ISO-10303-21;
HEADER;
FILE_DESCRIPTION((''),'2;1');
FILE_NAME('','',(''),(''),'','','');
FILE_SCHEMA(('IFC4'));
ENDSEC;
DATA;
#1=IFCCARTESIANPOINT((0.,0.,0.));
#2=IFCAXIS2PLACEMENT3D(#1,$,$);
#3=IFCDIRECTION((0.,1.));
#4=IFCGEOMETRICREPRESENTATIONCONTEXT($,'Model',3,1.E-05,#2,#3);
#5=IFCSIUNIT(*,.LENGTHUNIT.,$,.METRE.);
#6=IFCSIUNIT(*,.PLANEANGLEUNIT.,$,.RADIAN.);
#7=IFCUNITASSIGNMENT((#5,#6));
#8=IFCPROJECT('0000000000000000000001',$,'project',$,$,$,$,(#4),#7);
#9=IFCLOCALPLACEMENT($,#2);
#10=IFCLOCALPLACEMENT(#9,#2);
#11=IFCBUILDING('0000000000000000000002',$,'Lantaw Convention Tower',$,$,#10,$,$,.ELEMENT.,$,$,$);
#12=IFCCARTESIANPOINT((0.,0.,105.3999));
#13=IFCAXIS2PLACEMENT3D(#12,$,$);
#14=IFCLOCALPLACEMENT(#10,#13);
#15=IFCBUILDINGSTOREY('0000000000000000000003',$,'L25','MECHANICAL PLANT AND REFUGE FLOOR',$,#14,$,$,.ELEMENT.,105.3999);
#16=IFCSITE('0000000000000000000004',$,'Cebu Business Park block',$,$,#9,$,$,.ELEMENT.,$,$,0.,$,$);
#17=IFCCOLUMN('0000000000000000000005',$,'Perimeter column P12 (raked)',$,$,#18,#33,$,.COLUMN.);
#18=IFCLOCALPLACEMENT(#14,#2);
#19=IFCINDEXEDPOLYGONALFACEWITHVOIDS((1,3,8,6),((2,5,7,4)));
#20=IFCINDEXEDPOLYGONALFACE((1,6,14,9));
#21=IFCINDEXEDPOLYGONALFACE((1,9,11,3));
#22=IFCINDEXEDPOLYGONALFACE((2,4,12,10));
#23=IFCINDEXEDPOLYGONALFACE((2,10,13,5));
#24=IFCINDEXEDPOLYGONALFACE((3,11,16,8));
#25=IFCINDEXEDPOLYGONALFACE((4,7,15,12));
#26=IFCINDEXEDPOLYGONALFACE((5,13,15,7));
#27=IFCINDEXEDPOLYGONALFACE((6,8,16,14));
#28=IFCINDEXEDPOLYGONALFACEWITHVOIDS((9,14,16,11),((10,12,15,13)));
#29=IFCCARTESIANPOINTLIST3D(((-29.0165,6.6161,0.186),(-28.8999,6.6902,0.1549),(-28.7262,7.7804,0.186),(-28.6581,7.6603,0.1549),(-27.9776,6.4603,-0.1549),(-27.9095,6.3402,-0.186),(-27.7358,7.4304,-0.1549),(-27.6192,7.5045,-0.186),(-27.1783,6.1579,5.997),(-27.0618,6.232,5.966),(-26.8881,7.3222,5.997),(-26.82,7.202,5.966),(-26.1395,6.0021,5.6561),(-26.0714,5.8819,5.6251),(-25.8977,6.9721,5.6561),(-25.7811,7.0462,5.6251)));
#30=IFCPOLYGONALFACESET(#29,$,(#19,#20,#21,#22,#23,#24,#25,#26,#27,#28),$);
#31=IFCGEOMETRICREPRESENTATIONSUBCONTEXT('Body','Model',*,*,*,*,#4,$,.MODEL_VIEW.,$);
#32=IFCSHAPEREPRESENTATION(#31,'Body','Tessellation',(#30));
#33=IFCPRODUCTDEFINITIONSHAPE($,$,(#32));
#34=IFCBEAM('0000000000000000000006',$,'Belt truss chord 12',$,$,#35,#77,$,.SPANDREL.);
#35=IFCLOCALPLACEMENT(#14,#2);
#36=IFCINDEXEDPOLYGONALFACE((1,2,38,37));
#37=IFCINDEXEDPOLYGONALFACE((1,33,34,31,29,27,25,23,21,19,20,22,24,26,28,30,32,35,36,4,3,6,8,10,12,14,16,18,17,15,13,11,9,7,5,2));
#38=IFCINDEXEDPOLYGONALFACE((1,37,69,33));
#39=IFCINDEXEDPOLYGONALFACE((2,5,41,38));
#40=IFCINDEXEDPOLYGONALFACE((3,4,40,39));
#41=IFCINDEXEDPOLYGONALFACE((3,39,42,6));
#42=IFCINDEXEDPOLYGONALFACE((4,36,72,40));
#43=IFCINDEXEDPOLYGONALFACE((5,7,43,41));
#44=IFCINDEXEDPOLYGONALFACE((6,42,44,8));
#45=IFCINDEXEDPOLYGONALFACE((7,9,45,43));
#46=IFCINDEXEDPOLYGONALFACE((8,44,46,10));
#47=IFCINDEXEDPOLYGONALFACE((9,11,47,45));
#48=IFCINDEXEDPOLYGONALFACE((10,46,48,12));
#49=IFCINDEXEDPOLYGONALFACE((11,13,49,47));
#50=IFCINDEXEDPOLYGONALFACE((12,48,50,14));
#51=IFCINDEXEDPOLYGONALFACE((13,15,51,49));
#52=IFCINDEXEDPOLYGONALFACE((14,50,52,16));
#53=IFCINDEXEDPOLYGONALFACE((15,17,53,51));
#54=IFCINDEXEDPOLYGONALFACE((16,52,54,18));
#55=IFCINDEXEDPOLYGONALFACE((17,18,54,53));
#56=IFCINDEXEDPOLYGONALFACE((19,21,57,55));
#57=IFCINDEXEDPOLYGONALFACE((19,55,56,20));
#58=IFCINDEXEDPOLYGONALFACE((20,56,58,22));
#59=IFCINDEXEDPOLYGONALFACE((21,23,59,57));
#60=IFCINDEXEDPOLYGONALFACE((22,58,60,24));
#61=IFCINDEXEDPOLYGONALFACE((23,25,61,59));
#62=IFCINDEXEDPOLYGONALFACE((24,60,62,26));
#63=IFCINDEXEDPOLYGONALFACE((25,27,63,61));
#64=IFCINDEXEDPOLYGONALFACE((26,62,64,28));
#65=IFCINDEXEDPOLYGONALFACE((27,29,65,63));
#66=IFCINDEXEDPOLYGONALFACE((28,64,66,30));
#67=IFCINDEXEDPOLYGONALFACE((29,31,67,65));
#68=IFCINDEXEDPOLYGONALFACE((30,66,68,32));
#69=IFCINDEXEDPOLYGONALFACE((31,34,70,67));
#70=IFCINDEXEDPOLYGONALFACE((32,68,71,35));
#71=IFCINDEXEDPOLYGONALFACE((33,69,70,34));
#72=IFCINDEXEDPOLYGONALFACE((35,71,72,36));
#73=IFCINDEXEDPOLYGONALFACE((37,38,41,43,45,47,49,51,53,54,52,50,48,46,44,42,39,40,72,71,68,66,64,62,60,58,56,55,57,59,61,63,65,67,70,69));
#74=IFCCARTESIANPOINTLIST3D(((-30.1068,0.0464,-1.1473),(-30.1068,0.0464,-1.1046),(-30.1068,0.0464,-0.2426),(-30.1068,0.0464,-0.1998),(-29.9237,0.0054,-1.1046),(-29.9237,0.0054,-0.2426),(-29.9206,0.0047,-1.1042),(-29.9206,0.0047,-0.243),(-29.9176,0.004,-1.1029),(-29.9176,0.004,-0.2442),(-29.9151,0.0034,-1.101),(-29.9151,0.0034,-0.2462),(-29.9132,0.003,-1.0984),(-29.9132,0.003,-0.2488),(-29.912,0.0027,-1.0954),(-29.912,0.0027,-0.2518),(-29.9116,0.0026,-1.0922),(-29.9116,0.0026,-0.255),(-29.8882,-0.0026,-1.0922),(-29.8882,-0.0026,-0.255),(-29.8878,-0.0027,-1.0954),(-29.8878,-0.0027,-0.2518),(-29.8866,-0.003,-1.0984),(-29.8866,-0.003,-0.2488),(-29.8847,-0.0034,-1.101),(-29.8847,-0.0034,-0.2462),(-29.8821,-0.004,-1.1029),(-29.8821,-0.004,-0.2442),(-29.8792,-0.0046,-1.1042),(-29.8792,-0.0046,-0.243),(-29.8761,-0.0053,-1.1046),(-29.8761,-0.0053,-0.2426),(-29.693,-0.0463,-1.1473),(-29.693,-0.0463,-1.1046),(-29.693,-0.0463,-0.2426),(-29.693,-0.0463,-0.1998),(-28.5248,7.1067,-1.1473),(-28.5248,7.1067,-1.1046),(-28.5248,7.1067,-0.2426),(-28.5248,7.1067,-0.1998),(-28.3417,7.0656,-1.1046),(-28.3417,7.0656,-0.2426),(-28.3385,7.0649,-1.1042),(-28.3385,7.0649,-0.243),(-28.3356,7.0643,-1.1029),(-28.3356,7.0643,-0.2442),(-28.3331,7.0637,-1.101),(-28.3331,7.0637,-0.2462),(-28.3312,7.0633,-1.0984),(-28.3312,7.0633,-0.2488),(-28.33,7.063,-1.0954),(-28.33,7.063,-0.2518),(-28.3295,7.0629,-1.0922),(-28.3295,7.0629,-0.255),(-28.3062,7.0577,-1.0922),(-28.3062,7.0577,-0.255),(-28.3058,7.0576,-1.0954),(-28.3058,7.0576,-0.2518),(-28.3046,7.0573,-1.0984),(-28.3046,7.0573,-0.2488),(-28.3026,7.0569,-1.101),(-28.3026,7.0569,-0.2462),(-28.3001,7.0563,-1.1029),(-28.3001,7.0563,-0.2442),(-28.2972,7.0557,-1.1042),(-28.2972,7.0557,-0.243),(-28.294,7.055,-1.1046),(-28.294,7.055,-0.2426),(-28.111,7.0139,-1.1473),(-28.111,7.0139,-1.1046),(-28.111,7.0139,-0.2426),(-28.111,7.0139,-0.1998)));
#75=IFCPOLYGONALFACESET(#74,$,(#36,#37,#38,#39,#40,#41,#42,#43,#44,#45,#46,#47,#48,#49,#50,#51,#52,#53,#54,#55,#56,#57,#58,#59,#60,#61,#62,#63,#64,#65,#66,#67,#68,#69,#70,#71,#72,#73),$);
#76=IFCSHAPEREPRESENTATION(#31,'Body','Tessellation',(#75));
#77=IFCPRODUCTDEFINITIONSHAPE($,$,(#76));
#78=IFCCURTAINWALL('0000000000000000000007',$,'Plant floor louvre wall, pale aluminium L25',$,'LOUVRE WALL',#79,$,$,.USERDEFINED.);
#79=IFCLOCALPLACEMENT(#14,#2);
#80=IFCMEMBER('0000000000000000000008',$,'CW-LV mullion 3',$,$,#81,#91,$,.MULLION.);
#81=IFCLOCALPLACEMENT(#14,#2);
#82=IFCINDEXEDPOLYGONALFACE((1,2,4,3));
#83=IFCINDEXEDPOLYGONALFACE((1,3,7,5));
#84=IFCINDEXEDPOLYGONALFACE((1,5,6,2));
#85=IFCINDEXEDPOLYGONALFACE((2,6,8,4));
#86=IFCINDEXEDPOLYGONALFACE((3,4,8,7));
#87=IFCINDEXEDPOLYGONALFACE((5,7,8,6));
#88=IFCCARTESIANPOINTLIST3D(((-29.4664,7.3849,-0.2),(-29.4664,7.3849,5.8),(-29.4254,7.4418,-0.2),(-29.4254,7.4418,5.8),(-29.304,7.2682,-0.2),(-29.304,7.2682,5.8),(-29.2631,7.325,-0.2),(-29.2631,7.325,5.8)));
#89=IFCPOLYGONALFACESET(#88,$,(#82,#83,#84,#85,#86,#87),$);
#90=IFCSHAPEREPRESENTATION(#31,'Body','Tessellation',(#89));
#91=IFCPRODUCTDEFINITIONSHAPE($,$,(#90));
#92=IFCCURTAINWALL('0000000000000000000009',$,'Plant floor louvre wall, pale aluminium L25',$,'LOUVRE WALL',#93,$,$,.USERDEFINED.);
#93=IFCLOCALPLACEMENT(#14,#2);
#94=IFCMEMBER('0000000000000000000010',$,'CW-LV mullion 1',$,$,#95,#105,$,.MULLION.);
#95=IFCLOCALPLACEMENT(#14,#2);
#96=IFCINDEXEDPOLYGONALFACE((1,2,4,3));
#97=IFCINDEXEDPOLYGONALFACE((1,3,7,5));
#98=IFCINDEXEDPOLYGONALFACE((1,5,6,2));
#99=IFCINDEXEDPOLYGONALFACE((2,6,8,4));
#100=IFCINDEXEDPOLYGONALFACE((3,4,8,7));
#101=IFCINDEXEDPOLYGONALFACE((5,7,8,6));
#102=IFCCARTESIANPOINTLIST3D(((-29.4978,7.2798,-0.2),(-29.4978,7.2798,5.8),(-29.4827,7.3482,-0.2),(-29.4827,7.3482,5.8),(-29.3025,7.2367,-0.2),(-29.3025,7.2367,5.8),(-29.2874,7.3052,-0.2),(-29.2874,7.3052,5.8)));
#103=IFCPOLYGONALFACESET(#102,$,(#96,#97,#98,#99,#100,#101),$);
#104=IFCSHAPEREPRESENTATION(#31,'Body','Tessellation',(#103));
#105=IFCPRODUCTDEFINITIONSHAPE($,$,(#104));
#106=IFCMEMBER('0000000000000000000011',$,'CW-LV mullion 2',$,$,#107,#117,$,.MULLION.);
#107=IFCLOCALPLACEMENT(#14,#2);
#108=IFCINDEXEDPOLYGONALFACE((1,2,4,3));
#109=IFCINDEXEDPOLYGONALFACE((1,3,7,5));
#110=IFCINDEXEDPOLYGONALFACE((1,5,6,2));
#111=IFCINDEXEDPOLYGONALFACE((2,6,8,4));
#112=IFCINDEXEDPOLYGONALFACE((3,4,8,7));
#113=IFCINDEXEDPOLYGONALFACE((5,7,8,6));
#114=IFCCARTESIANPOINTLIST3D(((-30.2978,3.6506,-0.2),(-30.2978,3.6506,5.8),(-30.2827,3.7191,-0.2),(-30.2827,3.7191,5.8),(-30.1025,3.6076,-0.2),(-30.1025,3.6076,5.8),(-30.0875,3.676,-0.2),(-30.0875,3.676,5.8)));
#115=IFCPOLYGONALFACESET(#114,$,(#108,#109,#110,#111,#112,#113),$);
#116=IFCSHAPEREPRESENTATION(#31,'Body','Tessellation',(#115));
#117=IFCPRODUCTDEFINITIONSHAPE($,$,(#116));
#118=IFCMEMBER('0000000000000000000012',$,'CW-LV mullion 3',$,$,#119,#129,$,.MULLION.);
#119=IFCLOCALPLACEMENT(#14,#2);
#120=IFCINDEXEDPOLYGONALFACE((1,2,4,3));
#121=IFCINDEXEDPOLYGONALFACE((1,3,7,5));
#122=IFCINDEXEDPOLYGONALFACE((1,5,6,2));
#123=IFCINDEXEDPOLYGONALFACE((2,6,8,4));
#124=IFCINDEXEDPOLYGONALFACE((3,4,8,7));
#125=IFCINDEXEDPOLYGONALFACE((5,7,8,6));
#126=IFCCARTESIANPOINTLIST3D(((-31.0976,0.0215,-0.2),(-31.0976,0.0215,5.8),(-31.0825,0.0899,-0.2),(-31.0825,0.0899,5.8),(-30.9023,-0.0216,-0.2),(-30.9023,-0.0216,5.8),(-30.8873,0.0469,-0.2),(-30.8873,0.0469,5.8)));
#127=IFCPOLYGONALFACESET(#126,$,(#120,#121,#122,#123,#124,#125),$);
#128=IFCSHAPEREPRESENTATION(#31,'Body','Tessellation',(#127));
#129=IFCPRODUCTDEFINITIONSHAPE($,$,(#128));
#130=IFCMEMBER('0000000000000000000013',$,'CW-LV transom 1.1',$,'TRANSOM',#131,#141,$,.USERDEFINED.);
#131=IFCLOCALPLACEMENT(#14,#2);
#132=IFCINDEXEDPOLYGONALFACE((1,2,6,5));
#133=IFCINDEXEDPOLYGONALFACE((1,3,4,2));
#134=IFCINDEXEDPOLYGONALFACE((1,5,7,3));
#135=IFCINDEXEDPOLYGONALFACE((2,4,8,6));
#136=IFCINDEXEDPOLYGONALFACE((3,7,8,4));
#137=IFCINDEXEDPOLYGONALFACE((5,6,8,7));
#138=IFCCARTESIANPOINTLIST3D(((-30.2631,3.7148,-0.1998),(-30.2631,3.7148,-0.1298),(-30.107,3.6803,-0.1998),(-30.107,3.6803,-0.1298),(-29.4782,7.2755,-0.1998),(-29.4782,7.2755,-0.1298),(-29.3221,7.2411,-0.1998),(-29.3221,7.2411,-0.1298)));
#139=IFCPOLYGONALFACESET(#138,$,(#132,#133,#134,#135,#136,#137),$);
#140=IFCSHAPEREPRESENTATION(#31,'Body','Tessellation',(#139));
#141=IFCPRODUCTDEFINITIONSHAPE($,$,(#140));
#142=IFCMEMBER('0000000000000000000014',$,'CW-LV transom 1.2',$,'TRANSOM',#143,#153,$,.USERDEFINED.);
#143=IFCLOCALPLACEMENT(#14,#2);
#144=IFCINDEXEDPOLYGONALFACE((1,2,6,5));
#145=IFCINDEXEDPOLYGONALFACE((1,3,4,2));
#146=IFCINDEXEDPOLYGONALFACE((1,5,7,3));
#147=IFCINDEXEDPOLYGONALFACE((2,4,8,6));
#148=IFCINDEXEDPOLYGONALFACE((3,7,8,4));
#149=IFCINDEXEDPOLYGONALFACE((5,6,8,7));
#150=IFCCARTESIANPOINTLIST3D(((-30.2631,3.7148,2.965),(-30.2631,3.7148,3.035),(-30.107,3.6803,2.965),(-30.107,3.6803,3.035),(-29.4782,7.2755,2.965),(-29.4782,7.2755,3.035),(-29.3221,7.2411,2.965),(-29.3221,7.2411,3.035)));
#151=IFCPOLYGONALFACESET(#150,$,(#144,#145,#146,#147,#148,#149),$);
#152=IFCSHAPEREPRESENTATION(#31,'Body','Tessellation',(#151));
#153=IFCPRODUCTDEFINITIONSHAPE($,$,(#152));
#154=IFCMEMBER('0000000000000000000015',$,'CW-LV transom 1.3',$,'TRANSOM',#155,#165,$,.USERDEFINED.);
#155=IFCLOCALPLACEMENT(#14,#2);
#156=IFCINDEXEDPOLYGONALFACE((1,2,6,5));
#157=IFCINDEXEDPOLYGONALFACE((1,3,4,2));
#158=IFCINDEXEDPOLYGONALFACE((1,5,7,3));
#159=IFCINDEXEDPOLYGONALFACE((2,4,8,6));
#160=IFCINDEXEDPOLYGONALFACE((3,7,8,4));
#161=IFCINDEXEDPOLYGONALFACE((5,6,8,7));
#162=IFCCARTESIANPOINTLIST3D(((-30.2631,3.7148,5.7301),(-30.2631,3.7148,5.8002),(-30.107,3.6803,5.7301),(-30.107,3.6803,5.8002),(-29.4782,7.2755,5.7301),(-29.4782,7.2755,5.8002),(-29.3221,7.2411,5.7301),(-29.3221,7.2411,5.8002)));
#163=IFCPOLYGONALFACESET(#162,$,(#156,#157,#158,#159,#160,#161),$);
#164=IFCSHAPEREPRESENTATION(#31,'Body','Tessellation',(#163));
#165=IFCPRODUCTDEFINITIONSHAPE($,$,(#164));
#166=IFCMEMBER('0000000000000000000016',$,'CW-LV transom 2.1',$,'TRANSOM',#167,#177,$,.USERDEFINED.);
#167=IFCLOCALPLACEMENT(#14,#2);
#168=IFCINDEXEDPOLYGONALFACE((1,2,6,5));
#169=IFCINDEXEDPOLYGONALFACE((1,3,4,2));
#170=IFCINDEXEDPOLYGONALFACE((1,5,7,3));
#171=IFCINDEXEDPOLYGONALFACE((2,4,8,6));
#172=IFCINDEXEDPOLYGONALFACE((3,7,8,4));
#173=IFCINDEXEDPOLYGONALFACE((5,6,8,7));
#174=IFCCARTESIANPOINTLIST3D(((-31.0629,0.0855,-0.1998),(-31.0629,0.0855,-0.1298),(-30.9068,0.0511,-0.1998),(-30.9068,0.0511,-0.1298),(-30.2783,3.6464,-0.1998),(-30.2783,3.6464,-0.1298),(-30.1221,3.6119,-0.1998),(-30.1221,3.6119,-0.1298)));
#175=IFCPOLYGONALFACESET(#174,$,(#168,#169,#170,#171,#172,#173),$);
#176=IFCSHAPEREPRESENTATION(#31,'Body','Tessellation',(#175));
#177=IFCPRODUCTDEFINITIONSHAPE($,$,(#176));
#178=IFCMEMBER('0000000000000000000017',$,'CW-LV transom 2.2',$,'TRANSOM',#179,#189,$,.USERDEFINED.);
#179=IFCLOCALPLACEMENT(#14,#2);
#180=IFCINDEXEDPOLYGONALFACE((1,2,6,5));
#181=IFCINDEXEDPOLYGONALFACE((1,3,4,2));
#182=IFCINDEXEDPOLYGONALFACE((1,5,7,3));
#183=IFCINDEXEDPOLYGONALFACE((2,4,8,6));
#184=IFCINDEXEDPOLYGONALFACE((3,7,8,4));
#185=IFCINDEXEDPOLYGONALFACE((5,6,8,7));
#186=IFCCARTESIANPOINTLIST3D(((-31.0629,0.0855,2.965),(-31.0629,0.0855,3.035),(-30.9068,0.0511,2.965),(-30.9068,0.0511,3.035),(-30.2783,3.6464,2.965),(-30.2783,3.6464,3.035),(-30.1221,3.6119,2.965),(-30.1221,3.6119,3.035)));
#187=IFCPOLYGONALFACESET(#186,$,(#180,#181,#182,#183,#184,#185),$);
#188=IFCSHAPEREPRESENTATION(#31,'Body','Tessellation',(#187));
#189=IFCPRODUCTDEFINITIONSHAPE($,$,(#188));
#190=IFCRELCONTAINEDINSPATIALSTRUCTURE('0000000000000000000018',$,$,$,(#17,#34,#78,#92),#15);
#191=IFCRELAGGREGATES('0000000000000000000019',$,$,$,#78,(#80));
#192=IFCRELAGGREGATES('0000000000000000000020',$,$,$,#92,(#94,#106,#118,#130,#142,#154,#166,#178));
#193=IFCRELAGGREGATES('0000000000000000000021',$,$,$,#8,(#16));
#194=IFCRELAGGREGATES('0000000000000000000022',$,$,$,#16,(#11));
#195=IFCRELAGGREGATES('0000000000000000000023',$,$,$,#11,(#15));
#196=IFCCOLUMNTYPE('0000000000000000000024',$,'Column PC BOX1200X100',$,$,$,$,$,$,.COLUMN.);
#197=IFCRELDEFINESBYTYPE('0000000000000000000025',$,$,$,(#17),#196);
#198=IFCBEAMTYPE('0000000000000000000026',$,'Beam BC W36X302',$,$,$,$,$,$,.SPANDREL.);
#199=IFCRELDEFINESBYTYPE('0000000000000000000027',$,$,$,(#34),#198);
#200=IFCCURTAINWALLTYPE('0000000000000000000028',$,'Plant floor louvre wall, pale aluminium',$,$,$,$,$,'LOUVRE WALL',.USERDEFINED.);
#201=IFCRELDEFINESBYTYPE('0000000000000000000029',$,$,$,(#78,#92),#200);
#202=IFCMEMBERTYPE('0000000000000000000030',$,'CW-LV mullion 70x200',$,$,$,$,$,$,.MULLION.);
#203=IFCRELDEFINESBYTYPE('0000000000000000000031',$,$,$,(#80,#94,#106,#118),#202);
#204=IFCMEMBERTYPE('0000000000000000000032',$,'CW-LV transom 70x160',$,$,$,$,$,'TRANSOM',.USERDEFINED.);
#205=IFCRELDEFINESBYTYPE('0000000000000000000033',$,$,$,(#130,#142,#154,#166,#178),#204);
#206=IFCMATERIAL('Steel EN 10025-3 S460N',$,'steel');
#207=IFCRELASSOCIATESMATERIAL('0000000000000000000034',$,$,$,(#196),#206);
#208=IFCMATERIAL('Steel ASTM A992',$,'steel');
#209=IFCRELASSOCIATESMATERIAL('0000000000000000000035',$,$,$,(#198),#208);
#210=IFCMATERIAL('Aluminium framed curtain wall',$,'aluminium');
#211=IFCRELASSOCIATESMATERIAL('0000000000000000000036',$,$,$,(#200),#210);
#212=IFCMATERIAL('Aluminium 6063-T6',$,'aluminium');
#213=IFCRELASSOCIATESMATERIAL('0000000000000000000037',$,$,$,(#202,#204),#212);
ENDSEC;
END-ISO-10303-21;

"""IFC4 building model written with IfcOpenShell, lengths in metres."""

from ifc_helpers import new_model, si_unit, direction, frame, origin, origin_2d, place, context, subcontext, project, spatial, rectangle, hollow_rectangle, i_section, extrude, material, material_profile, profile_set, type_object, element, aggregate, save


model = new_model("IFC4")

# Units and contexts
model_context = context("Model", 3, precision=1e-05, world=origin(), true_north=direction((0.0, 1.0)))
body_context = subcontext(model_context, "Body", "Model", "MODEL_VIEW")
ifc_project = project(units=[si_unit("LENGTHUNIT", "METRE"), si_unit("PLANEANGLEUNIT", "RADIAN")], contexts=[model_context])

# Site, building, storey
site_placement = place(None, origin())
site = spatial("IfcSite", under=ifc_project, at=site_placement, Name="Cebu Business Park block", CompositionType="ELEMENT", RefElevation=0.0)
building_placement = place(site_placement, origin())
building = spatial("IfcBuilding", under=site, at=building_placement, Name="Lantaw Convention Tower", CompositionType="ELEMENT")
storey_placement = place(building_placement, frame((0.0, 0.0, 105.3999)))
storey = spatial("IfcBuildingStorey", under=building, at=storey_placement, Name="L25", Description="MECHANICAL PLANT AND REFUGE FLOOR", CompositionType="ELEMENT", Elevation=105.3999)

# Column
ifc_material_1 = material(Name="Steel EN 10025-3 S460N", Category="steel")
ifc_material_profile_1 = material_profile(ifc_material_1, hollow_rectangle(XDim=1.2, YDim=1.2, WallThickness=0.1001, at=origin_2d()), Name="BOX1200X100")
ifc_material_2 = material(Name="Concrete C60/75", Category="concrete")
ifc_material_profile_2 = material_profile(ifc_material_2, rectangle(XDim=1.0, YDim=1.0, at=origin_2d()), Name="Concrete fill of BOX1200X100")
ifc_profile_set_1 = profile_set([ifc_material_profile_1, ifc_material_profile_2], Name="Steel EN 10025-3 S460N")
column_type = type_object("IfcColumnType", Name="Column PC BOX1200X100", PredefinedType="COLUMN", material=ifc_profile_set_1)
column_placement = place(storey_placement, frame((-28.3179, 7.0603, 0.0), z_axis=(0.300741, -0.074975, 0.950754), x_axis=(0.241899, 0.970301, 0.0)))
element("IfcColumn", 1, at=column_placement, inside=storey, type_object=column_type, Name="Perimeter column P12 (raked)", PredefinedType="COLUMN", context=body_context, shape_type="SweptSolid", body=[
    extrude(hollow_rectangle(XDim=1.2, YDim=1.2, WallThickness=0.1001, at=origin_2d()), origin(), (0.0, 0.0, 1.0), 6.1121),
])

# Beam
ifc_material_3 = material(Name="Steel ASTM A992", Category="steel")
ifc_material_profile_3 = material_profile(ifc_material_3, i_section(OverallWidth=0.4241, OverallDepth=0.9475, WebThickness=0.0239, FlangeThickness=0.0427, FilletRadius=0.0125, at=origin_2d()), Name="W36X302")
ifc_profile_set_2 = profile_set([ifc_material_profile_3], Name="Steel ASTM A992")
beam_type = type_object("IfcBeamType", Name="Beam BC W36X302", PredefinedType="SPANDREL", material=ifc_profile_set_2)
beam_placement = place(storey_placement, frame((-28.3179, 7.0603, -0.6736), z_axis=(-0.218652, -0.975803, 0.0), x_axis=(0.975803, -0.218652, 0.0)))
element("IfcBeam", 2, at=beam_placement, inside=storey, type_object=beam_type, Name="Belt truss chord 12", PredefinedType="SPANDREL", context=body_context, shape_type="SweptSolid", body=[
    extrude(i_section(OverallWidth=0.4241, OverallDepth=0.9475, WebThickness=0.0239, FlangeThickness=0.0427, FilletRadius=0.0125, at=origin_2d()), origin(), (0.0, 0.0, 1.0), 7.2354),
])

# Curtain wall, member
ifc_material_4 = material(Name="Aluminium framed curtain wall", Category="aluminium")
curtain_wall_type = type_object("IfcCurtainWallType", Name="Plant floor louvre wall, pale aluminium", ElementType="LOUVRE WALL", PredefinedType="USERDEFINED", material=ifc_material_4)
curtain_wall_1_placement = place(storey_placement, origin())
curtain_wall_1 = element("IfcCurtainWall", 3, at=curtain_wall_1_placement, inside=storey, type_object=curtain_wall_type, Name="Plant floor louvre wall, pale aluminium L25", ObjectType="LOUVRE WALL", PredefinedType="USERDEFINED")
ifc_material_5 = material(Name="Aluminium 6063-T6", Category="aluminium")
ifc_material_profile_4 = material_profile(ifc_material_5, rectangle(XDim=0.2, YDim=0.0701, at=origin_2d()), Name="CW-LV mullion 70x200")
ifc_profile_set_3 = profile_set([ifc_material_profile_4], Name="Aluminium 6063-T6")
member_type_1 = type_object("IfcMemberType", Name="CW-LV mullion 70x200", PredefinedType="MULLION", material=ifc_profile_set_3)
member_1_placement = place(storey_placement, frame((-29.3647, 7.355, -0.2), z_axis=(0.0, 0.0, 1.0), x_axis=(0.811789, -0.583951, 0.0)))
member_1 = element("IfcMember", 4, at=member_1_placement, type_object=member_type_1, Name="CW-LV mullion 3", PredefinedType="MULLION", context=body_context, shape_type="SweptSolid", body=[
    extrude(rectangle(XDim=0.2, YDim=0.0701, at=origin_2d()), origin(), (0.0, 0.0, 1.0), 6.0),
])
aggregate(curtain_wall_1, [member_1])

# Curtain wall, members
curtain_wall_2_placement = place(storey_placement, origin())
curtain_wall_2 = element("IfcCurtainWall", 5, at=curtain_wall_2_placement, inside=storey, type_object=curtain_wall_type, Name="Plant floor louvre wall, pale aluminium L25", ObjectType="LOUVRE WALL", PredefinedType="USERDEFINED")
member_2_placement = place(storey_placement, frame((-29.3926, 7.2925, -0.2), z_axis=(0.0, 0.0, 1.0), x_axis=(0.97656, -0.215246, 0.0)))
member_2 = element("IfcMember", 6, at=member_2_placement, type_object=member_type_1, Name="CW-LV mullion 1", PredefinedType="MULLION", context=body_context, shape_type="SweptSolid", body=[
    extrude(rectangle(XDim=0.2, YDim=0.0701, at=origin_2d()), origin(), (0.0, 0.0, 1.0), 6.0),
])
member_3_placement = place(storey_placement, frame((-30.1926, 3.6633, -0.2), z_axis=(0.0, 0.0, 1.0), x_axis=(0.97656, -0.215246, 0.0)))
member_3 = element("IfcMember", 7, at=member_3_placement, type_object=member_type_1, Name="CW-LV mullion 2", PredefinedType="MULLION", context=body_context, shape_type="SweptSolid", body=[
    extrude(rectangle(XDim=0.2, YDim=0.0701, at=origin_2d()), origin(), (0.0, 0.0, 1.0), 6.0),
])
member_4_placement = place(storey_placement, frame((-30.9924, 0.0342, -0.2), z_axis=(0.0, 0.0, 1.0), x_axis=(0.97656, -0.215246, 0.0)))
member_4 = element("IfcMember", 8, at=member_4_placement, type_object=member_type_1, Name="CW-LV mullion 3", PredefinedType="MULLION", context=body_context, shape_type="SweptSolid", body=[
    extrude(rectangle(XDim=0.2, YDim=0.0701, at=origin_2d()), origin(), (0.0, 0.0, 1.0), 6.0),
])
ifc_material_profile_5 = material_profile(ifc_material_5, rectangle(XDim=0.1599, YDim=0.0701, at=origin_2d()), Name="CW-LV transom 70x160")
ifc_profile_set_4 = profile_set([ifc_material_profile_5], Name="Aluminium 6063-T6")
member_type_2 = type_object("IfcMemberType", Name="CW-LV transom 70x160", ElementType="TRANSOM", PredefinedType="USERDEFINED", material=ifc_profile_set_4)
member_5_placement = place(storey_placement, frame((-29.4001, 7.2583, -0.1648), z_axis=(-0.215264, -0.976556, 0.0), x_axis=(0.976556, -0.215264, 0.0)))
member_5 = element("IfcMember", 9, at=member_5_placement, type_object=member_type_2, Name="CW-LV transom 1.1", ObjectType="TRANSOM", PredefinedType="USERDEFINED", context=body_context, shape_type="SweptSolid", body=[
    extrude(rectangle(XDim=0.1599, YDim=0.0701, at=origin_2d()), origin(), (0.0, 0.0, 1.0), 3.6462),
])
member_6_placement = place(storey_placement, frame((-29.4001, 7.2583, 3.0), z_axis=(-0.215264, -0.976556, 0.0), x_axis=(0.976556, -0.215264, 0.0)))
member_6 = element("IfcMember", 10, at=member_6_placement, type_object=member_type_2, Name="CW-LV transom 1.2", ObjectType="TRANSOM", PredefinedType="USERDEFINED", context=body_context, shape_type="SweptSolid", body=[
    extrude(rectangle(XDim=0.1599, YDim=0.0701, at=origin_2d()), origin(), (0.0, 0.0, 1.0), 3.6462),
])
member_7_placement = place(storey_placement, frame((-29.4001, 7.2583, 5.7651), z_axis=(-0.215264, -0.976556, 0.0), x_axis=(0.976556, -0.215264, 0.0)))
member_7 = element("IfcMember", 11, at=member_7_placement, type_object=member_type_2, Name="CW-LV transom 1.3", ObjectType="TRANSOM", PredefinedType="USERDEFINED", context=body_context, shape_type="SweptSolid", body=[
    extrude(rectangle(XDim=0.1599, YDim=0.0701, at=origin_2d()), origin(), (0.0, 0.0, 1.0), 3.6462),
])
member_8_placement = place(storey_placement, frame((-30.2002, 3.6292, -0.1648), z_axis=(-0.2152, -0.97657, 0.0), x_axis=(0.97657, -0.2152, 0.0)))
member_8 = element("IfcMember", 12, at=member_8_placement, type_object=member_type_2, Name="CW-LV transom 2.1", ObjectType="TRANSOM", PredefinedType="USERDEFINED", context=body_context, shape_type="SweptSolid", body=[
    extrude(rectangle(XDim=0.1599, YDim=0.0701, at=origin_2d()), origin(), (0.0, 0.0, 1.0), 3.6462),
])
member_9_placement = place(storey_placement, frame((-30.2002, 3.6292, 3.0), z_axis=(-0.2152, -0.97657, 0.0), x_axis=(0.97657, -0.2152, 0.0)))
member_9 = element("IfcMember", 13, at=member_9_placement, type_object=member_type_2, Name="CW-LV transom 2.2", ObjectType="TRANSOM", PredefinedType="USERDEFINED", context=body_context, shape_type="SweptSolid", body=[
    extrude(rectangle(XDim=0.1599, YDim=0.0701, at=origin_2d()), origin(), (0.0, 0.0, 1.0), 3.6462),
])

aggregate(curtain_wall_2, [member_2, member_3, member_4, member_5, member_6, member_7, member_8, member_9])

save(model, "model.ifc")
